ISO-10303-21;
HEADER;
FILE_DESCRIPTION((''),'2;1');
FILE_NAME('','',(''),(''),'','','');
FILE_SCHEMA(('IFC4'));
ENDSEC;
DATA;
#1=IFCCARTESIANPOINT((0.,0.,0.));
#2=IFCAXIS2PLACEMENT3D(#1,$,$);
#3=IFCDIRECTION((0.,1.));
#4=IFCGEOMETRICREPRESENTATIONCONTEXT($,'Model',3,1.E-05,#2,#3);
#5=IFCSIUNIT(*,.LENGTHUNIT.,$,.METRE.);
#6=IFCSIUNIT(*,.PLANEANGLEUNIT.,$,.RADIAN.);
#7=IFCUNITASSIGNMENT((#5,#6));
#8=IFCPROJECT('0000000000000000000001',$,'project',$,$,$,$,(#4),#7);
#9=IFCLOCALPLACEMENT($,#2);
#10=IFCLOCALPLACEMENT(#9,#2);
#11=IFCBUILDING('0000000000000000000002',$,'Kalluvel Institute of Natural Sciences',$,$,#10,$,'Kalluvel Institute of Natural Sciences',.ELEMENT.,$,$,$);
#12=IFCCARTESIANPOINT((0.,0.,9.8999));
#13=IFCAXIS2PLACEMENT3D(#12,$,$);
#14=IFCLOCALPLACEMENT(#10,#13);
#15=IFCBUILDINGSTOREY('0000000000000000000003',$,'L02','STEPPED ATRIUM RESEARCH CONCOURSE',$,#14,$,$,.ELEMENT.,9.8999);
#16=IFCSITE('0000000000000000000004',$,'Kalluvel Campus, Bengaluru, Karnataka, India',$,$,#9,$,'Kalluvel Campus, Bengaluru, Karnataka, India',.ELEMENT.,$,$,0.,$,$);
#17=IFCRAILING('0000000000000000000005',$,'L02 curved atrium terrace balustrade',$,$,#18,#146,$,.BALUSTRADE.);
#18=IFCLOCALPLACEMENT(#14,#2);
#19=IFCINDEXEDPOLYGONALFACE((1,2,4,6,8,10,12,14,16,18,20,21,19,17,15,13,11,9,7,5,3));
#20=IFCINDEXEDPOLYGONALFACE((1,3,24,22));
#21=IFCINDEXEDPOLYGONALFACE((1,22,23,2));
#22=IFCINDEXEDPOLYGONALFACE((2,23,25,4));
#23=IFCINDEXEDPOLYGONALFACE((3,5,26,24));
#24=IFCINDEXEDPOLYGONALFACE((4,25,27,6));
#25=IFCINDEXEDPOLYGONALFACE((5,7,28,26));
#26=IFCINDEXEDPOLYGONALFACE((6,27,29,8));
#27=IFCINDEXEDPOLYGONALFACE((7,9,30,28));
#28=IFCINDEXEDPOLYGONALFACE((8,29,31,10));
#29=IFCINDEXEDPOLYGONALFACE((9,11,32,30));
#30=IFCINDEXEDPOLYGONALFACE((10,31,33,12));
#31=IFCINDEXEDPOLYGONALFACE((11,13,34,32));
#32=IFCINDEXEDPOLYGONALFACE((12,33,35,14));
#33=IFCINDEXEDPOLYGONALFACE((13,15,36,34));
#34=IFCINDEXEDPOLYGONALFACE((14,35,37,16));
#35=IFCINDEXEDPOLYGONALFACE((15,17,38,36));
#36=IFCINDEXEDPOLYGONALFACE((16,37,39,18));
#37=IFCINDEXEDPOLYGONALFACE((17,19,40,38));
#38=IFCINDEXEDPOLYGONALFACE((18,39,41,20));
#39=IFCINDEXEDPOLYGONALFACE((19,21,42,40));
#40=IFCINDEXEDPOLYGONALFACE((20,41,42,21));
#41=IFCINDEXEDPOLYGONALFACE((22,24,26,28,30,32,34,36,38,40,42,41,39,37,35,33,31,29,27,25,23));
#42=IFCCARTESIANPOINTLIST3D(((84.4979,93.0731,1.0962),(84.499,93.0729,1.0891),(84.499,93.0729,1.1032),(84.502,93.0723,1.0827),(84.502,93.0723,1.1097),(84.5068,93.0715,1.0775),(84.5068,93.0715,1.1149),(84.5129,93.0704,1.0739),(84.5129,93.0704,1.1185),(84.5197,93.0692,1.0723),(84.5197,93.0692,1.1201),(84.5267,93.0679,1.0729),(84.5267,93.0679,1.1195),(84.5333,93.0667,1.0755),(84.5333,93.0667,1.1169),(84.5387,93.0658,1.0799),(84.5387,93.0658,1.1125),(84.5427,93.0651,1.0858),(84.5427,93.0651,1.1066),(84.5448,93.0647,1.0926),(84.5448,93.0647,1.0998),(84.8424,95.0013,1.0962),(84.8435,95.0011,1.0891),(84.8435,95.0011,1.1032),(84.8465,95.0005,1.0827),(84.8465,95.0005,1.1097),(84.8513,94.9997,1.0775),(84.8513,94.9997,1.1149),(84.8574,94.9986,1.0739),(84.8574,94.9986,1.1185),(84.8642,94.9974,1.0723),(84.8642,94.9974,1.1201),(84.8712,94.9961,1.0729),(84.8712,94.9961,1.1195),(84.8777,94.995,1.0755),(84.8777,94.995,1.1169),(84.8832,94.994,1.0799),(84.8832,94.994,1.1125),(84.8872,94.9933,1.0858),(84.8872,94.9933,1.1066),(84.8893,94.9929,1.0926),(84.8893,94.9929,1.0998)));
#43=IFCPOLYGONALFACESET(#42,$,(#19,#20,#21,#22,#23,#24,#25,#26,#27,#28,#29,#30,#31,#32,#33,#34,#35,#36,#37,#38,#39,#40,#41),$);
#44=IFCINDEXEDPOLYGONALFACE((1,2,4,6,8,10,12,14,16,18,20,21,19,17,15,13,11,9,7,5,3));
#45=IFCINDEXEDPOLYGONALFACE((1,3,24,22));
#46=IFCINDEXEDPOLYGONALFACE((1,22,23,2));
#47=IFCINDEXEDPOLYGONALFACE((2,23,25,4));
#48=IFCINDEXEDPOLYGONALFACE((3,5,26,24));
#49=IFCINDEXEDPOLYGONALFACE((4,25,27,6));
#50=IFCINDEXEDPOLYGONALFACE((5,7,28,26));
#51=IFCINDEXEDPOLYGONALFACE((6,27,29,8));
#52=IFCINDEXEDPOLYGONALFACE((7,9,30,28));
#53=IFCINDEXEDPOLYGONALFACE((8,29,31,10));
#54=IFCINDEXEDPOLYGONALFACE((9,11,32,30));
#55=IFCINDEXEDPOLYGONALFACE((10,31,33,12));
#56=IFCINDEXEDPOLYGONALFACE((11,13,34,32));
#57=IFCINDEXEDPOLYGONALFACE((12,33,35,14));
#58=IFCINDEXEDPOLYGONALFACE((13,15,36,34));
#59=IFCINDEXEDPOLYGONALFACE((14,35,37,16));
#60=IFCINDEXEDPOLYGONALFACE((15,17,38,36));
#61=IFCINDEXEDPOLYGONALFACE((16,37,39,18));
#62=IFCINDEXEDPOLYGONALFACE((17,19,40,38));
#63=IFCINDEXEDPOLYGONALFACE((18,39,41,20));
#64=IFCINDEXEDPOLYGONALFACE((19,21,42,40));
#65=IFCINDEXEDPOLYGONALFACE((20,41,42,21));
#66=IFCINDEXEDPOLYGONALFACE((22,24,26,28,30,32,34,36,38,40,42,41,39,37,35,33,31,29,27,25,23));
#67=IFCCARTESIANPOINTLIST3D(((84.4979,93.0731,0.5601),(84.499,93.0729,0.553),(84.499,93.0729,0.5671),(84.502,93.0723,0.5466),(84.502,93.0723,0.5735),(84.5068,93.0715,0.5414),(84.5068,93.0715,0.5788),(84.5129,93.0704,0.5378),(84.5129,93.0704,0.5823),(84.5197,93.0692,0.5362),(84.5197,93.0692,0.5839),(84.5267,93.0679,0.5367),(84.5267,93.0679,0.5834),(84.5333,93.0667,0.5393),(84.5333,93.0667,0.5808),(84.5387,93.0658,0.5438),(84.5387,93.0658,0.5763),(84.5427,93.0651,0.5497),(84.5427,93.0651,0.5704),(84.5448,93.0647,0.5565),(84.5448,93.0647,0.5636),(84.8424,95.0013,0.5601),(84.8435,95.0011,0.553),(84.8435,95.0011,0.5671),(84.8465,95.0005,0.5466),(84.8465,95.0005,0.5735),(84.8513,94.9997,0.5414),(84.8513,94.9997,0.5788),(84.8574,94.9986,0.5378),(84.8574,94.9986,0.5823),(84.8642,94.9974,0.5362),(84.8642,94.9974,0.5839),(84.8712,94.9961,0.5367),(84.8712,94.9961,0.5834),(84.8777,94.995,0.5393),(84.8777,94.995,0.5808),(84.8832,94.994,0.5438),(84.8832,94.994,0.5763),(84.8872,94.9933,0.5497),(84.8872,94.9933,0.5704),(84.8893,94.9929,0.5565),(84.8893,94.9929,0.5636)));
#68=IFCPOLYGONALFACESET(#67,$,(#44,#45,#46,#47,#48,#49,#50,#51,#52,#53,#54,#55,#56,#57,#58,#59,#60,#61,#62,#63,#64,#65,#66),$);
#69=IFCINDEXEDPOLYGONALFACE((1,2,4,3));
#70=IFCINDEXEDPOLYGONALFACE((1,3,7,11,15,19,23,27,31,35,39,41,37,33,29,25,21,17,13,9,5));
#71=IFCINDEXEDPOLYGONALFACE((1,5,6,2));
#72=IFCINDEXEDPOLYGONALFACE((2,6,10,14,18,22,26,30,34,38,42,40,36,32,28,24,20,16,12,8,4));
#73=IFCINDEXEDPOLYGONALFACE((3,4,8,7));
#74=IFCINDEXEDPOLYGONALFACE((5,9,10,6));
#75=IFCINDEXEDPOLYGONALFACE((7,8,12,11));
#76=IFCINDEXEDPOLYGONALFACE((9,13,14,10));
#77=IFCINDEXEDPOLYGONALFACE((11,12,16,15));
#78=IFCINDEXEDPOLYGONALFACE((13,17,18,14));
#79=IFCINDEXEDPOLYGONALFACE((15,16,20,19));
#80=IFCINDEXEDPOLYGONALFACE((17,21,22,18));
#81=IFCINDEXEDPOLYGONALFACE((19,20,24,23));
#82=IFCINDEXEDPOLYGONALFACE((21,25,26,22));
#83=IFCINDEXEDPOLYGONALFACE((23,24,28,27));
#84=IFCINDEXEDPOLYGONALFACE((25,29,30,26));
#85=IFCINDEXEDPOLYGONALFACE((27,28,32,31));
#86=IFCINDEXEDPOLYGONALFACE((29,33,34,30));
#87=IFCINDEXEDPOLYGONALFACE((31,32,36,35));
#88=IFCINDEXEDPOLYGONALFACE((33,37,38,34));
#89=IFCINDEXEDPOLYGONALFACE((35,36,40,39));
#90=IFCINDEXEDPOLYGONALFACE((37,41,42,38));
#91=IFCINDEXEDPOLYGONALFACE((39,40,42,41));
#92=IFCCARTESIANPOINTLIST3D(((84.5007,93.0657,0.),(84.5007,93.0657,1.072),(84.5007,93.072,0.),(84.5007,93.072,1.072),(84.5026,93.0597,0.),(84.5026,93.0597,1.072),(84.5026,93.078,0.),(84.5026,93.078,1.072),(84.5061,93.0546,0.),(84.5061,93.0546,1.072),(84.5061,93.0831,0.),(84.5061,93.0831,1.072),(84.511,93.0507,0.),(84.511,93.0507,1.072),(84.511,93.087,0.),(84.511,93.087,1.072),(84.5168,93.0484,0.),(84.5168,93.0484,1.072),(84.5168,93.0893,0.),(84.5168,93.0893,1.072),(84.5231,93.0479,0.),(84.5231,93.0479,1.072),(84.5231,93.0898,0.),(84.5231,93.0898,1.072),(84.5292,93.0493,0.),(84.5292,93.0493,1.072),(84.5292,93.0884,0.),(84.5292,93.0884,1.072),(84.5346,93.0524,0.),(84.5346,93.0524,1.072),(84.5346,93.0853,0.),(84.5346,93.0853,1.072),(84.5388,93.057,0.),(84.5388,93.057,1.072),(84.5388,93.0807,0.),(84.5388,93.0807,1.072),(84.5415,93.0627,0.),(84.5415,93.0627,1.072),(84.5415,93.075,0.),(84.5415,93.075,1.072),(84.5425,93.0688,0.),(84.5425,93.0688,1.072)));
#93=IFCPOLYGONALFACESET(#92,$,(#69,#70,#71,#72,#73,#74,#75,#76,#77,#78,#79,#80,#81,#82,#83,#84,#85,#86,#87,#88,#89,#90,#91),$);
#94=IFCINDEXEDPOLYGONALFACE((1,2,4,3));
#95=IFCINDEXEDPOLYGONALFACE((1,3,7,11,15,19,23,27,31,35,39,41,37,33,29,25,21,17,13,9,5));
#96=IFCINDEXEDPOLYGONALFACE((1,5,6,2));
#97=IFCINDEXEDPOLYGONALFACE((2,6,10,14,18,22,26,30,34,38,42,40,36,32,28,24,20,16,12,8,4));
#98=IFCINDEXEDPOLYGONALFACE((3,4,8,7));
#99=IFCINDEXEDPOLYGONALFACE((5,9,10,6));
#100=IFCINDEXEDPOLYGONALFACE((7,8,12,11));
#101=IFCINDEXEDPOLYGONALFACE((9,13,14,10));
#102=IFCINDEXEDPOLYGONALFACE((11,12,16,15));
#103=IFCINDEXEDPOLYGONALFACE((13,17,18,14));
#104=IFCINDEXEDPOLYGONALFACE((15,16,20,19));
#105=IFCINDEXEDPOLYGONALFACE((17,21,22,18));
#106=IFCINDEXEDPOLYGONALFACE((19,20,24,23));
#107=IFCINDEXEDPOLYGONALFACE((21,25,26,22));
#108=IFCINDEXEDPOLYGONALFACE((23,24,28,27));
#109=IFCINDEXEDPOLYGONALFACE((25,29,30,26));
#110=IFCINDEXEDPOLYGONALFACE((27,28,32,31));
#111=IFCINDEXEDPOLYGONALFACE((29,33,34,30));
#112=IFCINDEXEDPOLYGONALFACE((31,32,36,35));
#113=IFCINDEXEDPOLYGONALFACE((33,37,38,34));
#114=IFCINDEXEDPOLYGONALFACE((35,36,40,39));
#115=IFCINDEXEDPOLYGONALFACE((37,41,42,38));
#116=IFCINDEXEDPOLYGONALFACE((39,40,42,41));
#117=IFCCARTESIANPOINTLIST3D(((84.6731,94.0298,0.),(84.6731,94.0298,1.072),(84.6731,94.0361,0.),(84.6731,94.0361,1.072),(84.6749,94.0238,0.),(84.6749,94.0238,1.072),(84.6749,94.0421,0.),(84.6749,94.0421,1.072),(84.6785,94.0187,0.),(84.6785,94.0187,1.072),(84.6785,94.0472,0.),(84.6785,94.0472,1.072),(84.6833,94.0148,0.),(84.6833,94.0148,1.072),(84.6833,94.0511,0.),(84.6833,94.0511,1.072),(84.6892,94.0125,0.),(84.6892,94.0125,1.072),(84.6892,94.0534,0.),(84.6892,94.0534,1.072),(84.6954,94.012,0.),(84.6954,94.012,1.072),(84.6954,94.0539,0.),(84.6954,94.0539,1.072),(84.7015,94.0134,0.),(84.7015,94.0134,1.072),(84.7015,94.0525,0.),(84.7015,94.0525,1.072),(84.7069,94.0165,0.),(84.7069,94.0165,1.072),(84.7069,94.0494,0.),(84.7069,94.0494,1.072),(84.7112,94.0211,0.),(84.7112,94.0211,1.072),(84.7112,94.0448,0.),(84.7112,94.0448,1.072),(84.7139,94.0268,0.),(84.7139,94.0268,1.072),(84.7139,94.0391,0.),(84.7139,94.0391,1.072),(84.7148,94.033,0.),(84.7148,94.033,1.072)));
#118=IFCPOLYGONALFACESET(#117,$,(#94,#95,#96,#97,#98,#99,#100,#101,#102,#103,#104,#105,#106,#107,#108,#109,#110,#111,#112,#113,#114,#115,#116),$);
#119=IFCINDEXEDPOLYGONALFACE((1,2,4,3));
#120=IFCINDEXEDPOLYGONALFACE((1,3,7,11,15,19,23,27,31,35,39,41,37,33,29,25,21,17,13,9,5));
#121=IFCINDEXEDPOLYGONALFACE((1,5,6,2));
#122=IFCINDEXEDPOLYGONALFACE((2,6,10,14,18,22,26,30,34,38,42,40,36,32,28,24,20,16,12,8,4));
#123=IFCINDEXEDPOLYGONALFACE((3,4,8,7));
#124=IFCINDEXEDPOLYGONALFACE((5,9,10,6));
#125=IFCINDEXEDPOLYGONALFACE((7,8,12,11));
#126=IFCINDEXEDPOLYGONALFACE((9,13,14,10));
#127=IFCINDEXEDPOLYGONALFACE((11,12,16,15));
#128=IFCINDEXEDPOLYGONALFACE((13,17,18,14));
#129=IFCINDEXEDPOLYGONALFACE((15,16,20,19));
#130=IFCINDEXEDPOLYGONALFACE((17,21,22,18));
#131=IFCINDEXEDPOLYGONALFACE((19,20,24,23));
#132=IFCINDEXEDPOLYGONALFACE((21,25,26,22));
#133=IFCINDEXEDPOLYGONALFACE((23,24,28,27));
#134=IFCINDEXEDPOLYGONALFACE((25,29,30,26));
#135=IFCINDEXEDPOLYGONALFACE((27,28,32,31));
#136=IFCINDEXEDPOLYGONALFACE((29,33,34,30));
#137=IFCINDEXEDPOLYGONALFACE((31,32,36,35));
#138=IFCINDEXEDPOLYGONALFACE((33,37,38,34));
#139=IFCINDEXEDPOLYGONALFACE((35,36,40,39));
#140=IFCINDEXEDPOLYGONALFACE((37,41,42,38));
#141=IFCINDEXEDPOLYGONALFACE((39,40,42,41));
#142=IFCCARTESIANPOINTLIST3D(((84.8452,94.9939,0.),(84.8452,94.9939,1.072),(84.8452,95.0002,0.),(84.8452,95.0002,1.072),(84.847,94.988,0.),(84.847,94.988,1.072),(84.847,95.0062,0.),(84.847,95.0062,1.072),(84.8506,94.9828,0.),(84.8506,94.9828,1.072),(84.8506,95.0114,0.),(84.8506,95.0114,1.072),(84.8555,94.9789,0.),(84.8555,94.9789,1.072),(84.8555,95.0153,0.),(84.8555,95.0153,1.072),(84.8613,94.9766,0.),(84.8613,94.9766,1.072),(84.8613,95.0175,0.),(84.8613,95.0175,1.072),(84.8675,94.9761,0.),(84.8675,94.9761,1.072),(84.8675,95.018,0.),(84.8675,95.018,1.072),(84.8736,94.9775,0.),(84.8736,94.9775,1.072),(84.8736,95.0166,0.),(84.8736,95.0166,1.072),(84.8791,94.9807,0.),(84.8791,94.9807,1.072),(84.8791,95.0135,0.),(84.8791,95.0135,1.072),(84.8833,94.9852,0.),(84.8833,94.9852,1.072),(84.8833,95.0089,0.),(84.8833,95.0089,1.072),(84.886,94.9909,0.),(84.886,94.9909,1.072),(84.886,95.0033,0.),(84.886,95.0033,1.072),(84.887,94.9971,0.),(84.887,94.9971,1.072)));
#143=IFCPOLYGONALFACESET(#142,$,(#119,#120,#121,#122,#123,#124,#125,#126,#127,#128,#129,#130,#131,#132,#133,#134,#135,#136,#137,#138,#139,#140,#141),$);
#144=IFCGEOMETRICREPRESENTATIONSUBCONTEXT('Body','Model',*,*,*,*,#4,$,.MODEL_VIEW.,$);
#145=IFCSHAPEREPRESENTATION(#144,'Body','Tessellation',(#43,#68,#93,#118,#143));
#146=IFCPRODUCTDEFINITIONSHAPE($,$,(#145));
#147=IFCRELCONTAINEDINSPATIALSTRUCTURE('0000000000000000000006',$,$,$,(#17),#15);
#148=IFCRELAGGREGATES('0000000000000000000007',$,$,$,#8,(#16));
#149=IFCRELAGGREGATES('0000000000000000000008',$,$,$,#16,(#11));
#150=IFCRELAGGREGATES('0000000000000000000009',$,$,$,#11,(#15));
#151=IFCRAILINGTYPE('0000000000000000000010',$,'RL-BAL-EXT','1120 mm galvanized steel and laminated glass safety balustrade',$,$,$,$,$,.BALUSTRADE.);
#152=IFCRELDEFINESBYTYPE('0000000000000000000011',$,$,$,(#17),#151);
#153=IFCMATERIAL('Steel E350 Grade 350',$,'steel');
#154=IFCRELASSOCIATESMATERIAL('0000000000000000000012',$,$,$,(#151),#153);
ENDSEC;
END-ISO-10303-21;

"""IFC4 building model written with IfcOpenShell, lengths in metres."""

from ifc_helpers import new_model, si_unit, direction, frame, origin, origin_2d, place, context, subcontext, project, spatial, circle, extrude, material, type_object, element, save


model = new_model("IFC4")

# Units and contexts
model_context = context("Model", 3, precision=1e-05, world=origin(), true_north=direction((0.0, 1.0)))
body_context = subcontext(model_context, "Body", "Model", "MODEL_VIEW")
ifc_project = project(units=[si_unit("LENGTHUNIT", "METRE"), si_unit("PLANEANGLEUNIT", "RADIAN")], contexts=[model_context])

# Site, building, storey
site_placement = place(None, origin())
site = spatial("IfcSite", under=ifc_project, at=site_placement, Name="Kalluvel Campus, Bengaluru, Karnataka, India", LongName="Kalluvel Campus, Bengaluru, Karnataka, India", CompositionType="ELEMENT", RefElevation=0.0)
building_placement = place(site_placement, origin())
building = spatial("IfcBuilding", under=site, at=building_placement, Name="Kalluvel Institute of Natural Sciences", LongName="Kalluvel Institute of Natural Sciences", CompositionType="ELEMENT")
storey_placement = place(building_placement, frame((0.0, 0.0, 9.8999)))
storey = spatial("IfcBuildingStorey", under=building, at=storey_placement, Name="L02", Description="STEPPED ATRIUM RESEARCH CONCOURSE", CompositionType="ELEMENT", Elevation=9.8999)

# Railing
ifc_material_1 = material(Name="Steel E350 Grade 350", Category="steel")
railing_type = type_object("IfcRailingType", Name="RL-BAL-EXT", Description="1120 mm galvanized steel and laminated glass safety balustrade", PredefinedType="BALUSTRADE", material=ifc_material_1)
railing_1_placement = place(storey_placement, frame((84.5215, 93.0688, 0.0)))
element("IfcRailing", 1, at=railing_1_placement, inside=storey, type_object=railing_type, Name="L02 curved atrium terrace balustrade", PredefinedType="BALUSTRADE", context=body_context, shape_type="SweptSolid", body=[
    extrude(circle(Radius=0.0239, at=origin_2d()), frame((0.0, 0.0, 1.0962), z_axis=(0.175868, 0.984414, 0.0), x_axis=(-0.984414, 0.175868, 0.0)), (0.0, 0.0, 1.0), 1.9587),
    extrude(circle(Radius=0.0239, at=origin_2d()), frame((0.0, 0.0, 0.5601), z_axis=(0.175868, 0.984414, 0.0), x_axis=(-0.984414, 0.175868, 0.0)), (0.0, 0.0, 1.0), 1.9587),
    extrude(circle(Radius=0.021, at=origin_2d()), origin(), (0.0, 0.0, 1.0), 1.072),
    extrude(circle(Radius=0.021, at=origin_2d()), frame((0.1724, 0.9641, 0.0)), (0.0, 0.0, 1.0), 1.072),
    extrude(circle(Radius=0.021, at=origin_2d()), frame((0.3445, 1.9282, 0.0)), (0.0, 0.0, 1.0), 1.072),
])

save(model, "model.ifc")
